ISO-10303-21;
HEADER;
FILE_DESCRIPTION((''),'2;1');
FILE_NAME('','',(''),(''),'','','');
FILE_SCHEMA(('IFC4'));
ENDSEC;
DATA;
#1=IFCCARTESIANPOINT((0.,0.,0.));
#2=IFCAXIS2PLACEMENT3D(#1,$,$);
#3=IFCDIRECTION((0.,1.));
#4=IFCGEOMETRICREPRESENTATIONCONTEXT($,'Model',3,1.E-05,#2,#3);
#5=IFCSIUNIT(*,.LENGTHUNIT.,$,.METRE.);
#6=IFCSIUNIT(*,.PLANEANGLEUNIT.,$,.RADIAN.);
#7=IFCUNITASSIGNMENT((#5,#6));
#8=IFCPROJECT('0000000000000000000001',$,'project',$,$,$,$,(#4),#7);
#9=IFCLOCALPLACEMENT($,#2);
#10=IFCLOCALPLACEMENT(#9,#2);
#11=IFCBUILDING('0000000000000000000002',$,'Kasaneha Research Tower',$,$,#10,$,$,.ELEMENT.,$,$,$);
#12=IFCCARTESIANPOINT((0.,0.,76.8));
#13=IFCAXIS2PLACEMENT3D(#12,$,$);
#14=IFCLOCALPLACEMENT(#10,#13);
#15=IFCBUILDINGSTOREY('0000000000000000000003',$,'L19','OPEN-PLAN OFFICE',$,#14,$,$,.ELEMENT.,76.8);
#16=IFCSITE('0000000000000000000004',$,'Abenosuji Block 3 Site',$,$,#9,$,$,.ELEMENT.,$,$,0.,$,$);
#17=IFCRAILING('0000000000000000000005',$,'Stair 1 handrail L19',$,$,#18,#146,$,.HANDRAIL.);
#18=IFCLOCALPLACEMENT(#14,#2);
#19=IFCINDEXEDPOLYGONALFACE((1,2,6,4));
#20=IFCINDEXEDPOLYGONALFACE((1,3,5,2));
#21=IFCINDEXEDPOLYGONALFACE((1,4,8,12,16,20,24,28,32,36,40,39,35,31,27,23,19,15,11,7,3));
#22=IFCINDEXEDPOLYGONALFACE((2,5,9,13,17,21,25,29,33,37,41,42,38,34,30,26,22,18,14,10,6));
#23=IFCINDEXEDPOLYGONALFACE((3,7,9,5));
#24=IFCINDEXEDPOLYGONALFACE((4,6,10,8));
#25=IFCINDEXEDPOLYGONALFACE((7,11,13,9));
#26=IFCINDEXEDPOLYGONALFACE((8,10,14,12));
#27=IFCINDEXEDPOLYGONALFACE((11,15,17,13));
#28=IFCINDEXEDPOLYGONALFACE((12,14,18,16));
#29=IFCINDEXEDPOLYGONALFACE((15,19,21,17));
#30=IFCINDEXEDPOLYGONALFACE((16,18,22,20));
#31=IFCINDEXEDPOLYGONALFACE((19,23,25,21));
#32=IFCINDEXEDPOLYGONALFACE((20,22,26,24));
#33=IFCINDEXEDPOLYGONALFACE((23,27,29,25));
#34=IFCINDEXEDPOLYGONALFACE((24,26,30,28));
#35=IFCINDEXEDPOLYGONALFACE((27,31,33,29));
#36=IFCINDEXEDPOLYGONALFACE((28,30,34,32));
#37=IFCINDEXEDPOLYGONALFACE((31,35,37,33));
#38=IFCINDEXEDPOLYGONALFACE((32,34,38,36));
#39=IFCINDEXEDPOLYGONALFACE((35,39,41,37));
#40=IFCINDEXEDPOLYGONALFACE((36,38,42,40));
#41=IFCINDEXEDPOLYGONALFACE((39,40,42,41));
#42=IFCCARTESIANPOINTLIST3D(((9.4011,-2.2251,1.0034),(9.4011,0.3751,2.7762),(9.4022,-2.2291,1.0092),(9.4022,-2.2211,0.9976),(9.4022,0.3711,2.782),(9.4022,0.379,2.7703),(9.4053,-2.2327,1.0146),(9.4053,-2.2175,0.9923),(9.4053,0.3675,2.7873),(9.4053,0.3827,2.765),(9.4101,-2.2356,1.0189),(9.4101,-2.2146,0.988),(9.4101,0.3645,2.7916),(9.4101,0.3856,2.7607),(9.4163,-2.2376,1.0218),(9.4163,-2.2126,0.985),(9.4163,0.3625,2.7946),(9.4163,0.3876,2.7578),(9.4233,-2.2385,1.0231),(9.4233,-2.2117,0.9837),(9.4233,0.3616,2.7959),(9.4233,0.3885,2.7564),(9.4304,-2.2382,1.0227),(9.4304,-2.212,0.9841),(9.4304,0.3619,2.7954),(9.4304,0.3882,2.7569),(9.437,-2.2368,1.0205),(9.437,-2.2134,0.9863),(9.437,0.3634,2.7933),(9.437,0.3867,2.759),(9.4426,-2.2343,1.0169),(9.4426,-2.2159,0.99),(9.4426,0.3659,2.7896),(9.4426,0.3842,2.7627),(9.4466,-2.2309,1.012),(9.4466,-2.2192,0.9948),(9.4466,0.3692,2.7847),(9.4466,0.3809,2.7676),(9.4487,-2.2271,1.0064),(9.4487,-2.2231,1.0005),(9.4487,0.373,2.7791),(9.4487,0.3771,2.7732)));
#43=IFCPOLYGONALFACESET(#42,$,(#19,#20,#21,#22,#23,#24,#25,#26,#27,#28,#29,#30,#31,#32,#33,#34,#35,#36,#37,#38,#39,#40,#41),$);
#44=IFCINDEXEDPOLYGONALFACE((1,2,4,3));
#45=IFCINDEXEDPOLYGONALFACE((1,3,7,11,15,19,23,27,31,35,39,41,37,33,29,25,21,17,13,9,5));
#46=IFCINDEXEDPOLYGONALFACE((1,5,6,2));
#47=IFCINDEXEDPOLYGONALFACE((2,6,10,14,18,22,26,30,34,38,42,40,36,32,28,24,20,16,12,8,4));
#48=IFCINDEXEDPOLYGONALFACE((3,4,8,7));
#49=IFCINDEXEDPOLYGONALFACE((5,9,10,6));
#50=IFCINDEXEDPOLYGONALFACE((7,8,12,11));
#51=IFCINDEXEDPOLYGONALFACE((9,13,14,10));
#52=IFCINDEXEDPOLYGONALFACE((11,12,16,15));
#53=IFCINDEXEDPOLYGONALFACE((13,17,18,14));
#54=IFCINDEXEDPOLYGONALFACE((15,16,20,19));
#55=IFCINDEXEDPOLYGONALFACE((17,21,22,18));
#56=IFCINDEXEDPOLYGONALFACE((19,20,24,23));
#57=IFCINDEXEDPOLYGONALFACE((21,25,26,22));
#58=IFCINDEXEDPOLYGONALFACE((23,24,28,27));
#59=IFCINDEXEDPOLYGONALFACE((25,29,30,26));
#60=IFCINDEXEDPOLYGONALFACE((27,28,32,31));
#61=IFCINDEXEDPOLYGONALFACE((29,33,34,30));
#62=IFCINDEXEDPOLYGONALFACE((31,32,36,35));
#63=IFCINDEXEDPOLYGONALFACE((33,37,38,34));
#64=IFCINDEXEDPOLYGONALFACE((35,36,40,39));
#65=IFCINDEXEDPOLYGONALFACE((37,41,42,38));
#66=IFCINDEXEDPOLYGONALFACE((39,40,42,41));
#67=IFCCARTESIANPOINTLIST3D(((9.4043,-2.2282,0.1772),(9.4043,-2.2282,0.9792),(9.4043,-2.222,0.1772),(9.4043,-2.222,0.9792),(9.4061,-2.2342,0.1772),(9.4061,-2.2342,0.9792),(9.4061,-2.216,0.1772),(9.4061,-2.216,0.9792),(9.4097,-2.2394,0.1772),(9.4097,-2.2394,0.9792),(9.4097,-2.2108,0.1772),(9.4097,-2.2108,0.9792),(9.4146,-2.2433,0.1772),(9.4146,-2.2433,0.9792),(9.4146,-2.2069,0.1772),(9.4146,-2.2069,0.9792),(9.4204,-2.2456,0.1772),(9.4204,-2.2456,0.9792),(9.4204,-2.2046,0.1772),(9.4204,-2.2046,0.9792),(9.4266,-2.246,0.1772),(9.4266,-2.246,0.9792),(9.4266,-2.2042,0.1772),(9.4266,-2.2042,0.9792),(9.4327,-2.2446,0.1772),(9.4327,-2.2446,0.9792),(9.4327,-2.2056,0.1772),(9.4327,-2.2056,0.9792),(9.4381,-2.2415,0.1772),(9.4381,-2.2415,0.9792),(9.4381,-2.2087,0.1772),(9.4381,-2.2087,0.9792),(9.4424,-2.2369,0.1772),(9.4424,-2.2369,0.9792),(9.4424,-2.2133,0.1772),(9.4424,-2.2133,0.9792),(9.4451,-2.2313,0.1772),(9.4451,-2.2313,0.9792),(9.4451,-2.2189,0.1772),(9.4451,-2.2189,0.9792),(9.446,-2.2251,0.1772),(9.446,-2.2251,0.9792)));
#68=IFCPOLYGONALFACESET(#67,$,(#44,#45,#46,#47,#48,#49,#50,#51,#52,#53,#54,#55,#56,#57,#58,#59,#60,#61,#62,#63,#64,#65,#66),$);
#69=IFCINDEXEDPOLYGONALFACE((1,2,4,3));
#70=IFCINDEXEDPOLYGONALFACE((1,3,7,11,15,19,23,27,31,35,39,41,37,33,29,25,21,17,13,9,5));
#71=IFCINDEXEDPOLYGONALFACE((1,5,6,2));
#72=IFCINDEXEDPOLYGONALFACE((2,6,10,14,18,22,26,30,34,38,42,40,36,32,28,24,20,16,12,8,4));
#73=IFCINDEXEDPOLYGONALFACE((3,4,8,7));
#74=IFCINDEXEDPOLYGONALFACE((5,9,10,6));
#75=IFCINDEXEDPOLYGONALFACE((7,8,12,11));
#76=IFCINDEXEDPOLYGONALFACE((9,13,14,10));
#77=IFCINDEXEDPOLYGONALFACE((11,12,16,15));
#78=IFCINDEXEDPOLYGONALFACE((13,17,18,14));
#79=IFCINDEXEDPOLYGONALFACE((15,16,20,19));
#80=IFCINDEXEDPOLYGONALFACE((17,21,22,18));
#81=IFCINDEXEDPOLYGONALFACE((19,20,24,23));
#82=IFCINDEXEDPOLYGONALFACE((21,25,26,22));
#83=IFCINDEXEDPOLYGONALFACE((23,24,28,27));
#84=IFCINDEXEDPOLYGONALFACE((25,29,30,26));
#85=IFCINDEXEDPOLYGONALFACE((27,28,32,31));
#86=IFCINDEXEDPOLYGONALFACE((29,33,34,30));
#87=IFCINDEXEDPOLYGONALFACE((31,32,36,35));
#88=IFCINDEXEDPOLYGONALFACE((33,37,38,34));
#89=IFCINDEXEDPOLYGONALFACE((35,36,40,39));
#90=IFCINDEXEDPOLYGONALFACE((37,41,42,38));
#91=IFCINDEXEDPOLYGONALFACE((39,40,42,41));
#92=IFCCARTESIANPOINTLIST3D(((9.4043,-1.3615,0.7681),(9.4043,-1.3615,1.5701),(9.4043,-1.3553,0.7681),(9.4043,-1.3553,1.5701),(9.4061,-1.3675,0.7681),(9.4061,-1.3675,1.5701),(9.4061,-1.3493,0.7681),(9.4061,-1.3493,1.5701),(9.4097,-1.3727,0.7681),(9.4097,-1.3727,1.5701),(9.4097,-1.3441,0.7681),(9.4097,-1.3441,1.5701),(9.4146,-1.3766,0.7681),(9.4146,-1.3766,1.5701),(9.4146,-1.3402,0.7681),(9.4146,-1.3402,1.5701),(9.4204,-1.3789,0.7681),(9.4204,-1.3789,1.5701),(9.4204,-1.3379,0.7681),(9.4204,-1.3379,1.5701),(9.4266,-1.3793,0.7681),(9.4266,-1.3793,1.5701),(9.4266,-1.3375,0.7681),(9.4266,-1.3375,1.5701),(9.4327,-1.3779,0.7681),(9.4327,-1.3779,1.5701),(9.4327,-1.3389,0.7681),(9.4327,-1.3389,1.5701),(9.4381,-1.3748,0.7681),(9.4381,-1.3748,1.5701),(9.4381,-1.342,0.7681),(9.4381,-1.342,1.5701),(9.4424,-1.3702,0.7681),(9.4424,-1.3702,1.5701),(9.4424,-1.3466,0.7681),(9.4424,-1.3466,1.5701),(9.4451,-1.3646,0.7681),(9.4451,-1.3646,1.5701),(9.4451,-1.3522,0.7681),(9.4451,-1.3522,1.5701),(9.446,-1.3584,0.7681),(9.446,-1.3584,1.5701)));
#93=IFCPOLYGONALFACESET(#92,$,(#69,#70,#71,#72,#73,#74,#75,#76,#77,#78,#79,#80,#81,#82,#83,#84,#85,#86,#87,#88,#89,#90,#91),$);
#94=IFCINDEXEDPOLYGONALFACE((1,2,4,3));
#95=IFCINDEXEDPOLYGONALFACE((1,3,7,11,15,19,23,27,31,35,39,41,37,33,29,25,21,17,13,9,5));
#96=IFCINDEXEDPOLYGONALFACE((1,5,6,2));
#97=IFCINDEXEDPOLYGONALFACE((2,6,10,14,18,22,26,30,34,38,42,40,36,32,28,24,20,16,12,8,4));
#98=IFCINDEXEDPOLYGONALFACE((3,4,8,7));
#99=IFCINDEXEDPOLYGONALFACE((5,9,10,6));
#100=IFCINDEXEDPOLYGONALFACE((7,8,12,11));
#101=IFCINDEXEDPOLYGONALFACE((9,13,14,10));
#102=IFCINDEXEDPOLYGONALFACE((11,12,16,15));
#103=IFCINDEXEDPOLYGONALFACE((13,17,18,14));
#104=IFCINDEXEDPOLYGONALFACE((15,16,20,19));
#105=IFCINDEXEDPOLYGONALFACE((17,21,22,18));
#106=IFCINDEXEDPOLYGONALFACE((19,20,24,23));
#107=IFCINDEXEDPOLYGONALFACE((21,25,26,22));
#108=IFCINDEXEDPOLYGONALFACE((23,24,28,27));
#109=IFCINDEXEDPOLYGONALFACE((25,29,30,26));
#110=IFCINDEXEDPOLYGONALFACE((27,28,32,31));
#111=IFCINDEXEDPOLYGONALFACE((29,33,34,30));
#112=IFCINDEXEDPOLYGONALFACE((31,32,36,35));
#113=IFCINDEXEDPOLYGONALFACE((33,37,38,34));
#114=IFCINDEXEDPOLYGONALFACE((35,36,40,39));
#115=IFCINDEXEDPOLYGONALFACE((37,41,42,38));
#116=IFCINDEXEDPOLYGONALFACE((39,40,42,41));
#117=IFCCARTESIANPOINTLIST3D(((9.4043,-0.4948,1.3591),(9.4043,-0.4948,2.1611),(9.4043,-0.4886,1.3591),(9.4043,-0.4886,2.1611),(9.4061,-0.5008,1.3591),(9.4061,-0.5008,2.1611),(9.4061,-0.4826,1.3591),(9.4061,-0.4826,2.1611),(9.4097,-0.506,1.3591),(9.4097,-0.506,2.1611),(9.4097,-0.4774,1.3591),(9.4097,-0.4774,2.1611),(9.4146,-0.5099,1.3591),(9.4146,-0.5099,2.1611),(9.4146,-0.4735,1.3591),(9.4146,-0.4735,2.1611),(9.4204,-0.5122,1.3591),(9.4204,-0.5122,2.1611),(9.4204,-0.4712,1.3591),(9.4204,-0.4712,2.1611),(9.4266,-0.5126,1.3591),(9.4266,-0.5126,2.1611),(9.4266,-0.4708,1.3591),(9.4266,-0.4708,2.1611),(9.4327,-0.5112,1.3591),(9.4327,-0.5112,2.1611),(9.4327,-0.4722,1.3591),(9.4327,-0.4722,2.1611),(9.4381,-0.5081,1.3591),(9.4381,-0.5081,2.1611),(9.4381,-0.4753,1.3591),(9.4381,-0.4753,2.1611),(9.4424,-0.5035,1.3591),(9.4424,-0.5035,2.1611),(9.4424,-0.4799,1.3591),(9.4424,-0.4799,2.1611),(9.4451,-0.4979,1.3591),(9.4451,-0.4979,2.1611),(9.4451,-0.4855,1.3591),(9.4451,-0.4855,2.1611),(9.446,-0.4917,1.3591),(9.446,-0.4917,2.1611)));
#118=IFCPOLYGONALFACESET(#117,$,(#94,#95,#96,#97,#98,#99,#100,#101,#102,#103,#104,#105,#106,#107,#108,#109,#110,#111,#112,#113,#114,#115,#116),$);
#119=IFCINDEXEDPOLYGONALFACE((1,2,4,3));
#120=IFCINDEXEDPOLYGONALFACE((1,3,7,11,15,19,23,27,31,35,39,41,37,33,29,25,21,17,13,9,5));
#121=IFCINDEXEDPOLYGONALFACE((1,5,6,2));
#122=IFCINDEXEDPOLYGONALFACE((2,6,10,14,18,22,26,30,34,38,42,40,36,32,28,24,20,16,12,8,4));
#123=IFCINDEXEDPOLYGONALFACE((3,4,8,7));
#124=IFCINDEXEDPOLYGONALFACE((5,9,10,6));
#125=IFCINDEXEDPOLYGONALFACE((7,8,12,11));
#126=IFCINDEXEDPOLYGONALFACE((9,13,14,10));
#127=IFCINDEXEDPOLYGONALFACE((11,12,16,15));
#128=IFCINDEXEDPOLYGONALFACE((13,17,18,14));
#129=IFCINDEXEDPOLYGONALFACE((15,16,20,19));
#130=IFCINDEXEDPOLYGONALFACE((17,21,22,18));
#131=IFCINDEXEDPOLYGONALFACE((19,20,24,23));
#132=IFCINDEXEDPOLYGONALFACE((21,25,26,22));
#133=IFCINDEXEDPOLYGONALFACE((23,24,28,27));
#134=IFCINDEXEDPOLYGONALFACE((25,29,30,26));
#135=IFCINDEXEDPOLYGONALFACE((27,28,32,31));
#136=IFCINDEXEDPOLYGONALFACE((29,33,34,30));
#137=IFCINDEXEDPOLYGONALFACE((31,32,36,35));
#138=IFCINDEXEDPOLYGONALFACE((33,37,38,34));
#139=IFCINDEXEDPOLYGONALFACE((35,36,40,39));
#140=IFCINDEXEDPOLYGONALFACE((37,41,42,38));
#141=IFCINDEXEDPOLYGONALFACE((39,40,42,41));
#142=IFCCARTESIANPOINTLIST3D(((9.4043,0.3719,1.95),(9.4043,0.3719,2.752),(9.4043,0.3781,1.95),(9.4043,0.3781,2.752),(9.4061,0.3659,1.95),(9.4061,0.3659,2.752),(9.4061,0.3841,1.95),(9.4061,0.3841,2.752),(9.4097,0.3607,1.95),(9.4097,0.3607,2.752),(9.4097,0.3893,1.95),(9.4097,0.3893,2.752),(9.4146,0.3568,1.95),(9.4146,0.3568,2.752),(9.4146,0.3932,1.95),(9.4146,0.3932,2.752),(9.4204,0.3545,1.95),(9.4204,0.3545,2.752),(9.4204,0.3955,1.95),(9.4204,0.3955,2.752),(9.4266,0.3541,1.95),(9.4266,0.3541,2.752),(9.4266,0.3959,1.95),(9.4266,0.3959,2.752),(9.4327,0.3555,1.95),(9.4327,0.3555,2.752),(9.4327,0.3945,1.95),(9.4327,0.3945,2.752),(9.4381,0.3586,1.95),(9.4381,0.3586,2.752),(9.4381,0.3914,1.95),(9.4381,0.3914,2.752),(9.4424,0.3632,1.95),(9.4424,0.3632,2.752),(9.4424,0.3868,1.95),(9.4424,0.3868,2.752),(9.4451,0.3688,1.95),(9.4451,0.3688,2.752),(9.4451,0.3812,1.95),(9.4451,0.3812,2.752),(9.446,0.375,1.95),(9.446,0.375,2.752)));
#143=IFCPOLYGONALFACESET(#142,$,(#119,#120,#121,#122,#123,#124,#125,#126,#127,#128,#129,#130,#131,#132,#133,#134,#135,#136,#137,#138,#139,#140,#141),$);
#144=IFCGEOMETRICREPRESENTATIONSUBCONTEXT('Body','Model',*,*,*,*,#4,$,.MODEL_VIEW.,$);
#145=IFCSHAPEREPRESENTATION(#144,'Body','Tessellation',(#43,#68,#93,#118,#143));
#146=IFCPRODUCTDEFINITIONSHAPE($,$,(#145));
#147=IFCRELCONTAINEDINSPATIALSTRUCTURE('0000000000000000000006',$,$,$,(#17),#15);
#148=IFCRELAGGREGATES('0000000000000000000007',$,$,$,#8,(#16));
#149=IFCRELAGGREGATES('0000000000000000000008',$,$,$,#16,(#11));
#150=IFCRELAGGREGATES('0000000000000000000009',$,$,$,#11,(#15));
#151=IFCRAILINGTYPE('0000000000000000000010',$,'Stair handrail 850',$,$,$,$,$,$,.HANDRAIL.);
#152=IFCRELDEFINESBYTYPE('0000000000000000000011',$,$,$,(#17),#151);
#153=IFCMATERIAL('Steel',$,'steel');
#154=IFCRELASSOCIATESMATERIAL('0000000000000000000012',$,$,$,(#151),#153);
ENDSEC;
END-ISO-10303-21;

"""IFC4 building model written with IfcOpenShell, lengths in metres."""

from ifc_helpers import new_model, si_unit, direction, frame, origin, origin_2d, place, context, subcontext, project, spatial, circle, extrude, material, type_object, element, save


model = new_model("IFC4")

# Units and contexts
model_context = context("Model", 3, precision=1e-05, world=origin(), true_north=direction((0.0, 1.0)))
body_context = subcontext(model_context, "Body", "Model", "MODEL_VIEW")
ifc_project = project(units=[si_unit("LENGTHUNIT", "METRE"), si_unit("PLANEANGLEUNIT", "RADIAN")], contexts=[model_context])

# Site, building, storey
site_placement = place(None, origin())
site = spatial("IfcSite", under=ifc_project, at=site_placement, Name="Abenosuji Block 3 Site", CompositionType="ELEMENT", RefElevation=0.0)
building_placement = place(site_placement, origin())
building = spatial("IfcBuilding", under=site, at=building_placement, Name="Kasaneha Research Tower", CompositionType="ELEMENT")
storey_placement = place(building_placement, frame((0.0, 0.0, 76.8)))
storey = spatial("IfcBuildingStorey", under=building, at=storey_placement, Name="L19", Description="OPEN-PLAN OFFICE", CompositionType="ELEMENT", Elevation=76.8)

# Railing
ifc_material_1 = material(Name="Steel", Category="steel")
railing_type = type_object("IfcRailingType", Name="Stair handrail 850", PredefinedType="HANDRAIL", material=ifc_material_1)
railing_placement = place(storey_placement, frame((9.425, -2.2251, 0.1772)))
element("IfcRailing", 1, at=railing_placement, inside=storey, type_object=railing_type, Name="Stair 1 handrail L19", PredefinedType="HANDRAIL", context=body_context, shape_type="SweptSolid", body=[
    extrude(circle(Radius=0.0239, at=origin_2d()), frame((0.0, 0.0, 0.8262), z_axis=(0.0, 0.82624, 0.563318), x_axis=(-1.0, 0.0, 0.0)), (0.0, 0.0, 1.0), 3.147),
    extrude(circle(Radius=0.021, at=origin_2d()), origin(), (0.0, 0.0, 1.0), 0.802),
    extrude(circle(Radius=0.021, at=origin_2d()), frame((0.0, 0.8667, 0.5908)), (0.0, 0.0, 1.0), 0.802),
    extrude(circle(Radius=0.021, at=origin_2d()), frame((0.0, 1.7334, 1.1819)), (0.0, 0.0, 1.0), 0.802),
    extrude(circle(Radius=0.021, at=origin_2d()), frame((0.0, 2.6001, 1.7727)), (0.0, 0.0, 1.0), 0.802),
])

save(model, "model.ifc")
